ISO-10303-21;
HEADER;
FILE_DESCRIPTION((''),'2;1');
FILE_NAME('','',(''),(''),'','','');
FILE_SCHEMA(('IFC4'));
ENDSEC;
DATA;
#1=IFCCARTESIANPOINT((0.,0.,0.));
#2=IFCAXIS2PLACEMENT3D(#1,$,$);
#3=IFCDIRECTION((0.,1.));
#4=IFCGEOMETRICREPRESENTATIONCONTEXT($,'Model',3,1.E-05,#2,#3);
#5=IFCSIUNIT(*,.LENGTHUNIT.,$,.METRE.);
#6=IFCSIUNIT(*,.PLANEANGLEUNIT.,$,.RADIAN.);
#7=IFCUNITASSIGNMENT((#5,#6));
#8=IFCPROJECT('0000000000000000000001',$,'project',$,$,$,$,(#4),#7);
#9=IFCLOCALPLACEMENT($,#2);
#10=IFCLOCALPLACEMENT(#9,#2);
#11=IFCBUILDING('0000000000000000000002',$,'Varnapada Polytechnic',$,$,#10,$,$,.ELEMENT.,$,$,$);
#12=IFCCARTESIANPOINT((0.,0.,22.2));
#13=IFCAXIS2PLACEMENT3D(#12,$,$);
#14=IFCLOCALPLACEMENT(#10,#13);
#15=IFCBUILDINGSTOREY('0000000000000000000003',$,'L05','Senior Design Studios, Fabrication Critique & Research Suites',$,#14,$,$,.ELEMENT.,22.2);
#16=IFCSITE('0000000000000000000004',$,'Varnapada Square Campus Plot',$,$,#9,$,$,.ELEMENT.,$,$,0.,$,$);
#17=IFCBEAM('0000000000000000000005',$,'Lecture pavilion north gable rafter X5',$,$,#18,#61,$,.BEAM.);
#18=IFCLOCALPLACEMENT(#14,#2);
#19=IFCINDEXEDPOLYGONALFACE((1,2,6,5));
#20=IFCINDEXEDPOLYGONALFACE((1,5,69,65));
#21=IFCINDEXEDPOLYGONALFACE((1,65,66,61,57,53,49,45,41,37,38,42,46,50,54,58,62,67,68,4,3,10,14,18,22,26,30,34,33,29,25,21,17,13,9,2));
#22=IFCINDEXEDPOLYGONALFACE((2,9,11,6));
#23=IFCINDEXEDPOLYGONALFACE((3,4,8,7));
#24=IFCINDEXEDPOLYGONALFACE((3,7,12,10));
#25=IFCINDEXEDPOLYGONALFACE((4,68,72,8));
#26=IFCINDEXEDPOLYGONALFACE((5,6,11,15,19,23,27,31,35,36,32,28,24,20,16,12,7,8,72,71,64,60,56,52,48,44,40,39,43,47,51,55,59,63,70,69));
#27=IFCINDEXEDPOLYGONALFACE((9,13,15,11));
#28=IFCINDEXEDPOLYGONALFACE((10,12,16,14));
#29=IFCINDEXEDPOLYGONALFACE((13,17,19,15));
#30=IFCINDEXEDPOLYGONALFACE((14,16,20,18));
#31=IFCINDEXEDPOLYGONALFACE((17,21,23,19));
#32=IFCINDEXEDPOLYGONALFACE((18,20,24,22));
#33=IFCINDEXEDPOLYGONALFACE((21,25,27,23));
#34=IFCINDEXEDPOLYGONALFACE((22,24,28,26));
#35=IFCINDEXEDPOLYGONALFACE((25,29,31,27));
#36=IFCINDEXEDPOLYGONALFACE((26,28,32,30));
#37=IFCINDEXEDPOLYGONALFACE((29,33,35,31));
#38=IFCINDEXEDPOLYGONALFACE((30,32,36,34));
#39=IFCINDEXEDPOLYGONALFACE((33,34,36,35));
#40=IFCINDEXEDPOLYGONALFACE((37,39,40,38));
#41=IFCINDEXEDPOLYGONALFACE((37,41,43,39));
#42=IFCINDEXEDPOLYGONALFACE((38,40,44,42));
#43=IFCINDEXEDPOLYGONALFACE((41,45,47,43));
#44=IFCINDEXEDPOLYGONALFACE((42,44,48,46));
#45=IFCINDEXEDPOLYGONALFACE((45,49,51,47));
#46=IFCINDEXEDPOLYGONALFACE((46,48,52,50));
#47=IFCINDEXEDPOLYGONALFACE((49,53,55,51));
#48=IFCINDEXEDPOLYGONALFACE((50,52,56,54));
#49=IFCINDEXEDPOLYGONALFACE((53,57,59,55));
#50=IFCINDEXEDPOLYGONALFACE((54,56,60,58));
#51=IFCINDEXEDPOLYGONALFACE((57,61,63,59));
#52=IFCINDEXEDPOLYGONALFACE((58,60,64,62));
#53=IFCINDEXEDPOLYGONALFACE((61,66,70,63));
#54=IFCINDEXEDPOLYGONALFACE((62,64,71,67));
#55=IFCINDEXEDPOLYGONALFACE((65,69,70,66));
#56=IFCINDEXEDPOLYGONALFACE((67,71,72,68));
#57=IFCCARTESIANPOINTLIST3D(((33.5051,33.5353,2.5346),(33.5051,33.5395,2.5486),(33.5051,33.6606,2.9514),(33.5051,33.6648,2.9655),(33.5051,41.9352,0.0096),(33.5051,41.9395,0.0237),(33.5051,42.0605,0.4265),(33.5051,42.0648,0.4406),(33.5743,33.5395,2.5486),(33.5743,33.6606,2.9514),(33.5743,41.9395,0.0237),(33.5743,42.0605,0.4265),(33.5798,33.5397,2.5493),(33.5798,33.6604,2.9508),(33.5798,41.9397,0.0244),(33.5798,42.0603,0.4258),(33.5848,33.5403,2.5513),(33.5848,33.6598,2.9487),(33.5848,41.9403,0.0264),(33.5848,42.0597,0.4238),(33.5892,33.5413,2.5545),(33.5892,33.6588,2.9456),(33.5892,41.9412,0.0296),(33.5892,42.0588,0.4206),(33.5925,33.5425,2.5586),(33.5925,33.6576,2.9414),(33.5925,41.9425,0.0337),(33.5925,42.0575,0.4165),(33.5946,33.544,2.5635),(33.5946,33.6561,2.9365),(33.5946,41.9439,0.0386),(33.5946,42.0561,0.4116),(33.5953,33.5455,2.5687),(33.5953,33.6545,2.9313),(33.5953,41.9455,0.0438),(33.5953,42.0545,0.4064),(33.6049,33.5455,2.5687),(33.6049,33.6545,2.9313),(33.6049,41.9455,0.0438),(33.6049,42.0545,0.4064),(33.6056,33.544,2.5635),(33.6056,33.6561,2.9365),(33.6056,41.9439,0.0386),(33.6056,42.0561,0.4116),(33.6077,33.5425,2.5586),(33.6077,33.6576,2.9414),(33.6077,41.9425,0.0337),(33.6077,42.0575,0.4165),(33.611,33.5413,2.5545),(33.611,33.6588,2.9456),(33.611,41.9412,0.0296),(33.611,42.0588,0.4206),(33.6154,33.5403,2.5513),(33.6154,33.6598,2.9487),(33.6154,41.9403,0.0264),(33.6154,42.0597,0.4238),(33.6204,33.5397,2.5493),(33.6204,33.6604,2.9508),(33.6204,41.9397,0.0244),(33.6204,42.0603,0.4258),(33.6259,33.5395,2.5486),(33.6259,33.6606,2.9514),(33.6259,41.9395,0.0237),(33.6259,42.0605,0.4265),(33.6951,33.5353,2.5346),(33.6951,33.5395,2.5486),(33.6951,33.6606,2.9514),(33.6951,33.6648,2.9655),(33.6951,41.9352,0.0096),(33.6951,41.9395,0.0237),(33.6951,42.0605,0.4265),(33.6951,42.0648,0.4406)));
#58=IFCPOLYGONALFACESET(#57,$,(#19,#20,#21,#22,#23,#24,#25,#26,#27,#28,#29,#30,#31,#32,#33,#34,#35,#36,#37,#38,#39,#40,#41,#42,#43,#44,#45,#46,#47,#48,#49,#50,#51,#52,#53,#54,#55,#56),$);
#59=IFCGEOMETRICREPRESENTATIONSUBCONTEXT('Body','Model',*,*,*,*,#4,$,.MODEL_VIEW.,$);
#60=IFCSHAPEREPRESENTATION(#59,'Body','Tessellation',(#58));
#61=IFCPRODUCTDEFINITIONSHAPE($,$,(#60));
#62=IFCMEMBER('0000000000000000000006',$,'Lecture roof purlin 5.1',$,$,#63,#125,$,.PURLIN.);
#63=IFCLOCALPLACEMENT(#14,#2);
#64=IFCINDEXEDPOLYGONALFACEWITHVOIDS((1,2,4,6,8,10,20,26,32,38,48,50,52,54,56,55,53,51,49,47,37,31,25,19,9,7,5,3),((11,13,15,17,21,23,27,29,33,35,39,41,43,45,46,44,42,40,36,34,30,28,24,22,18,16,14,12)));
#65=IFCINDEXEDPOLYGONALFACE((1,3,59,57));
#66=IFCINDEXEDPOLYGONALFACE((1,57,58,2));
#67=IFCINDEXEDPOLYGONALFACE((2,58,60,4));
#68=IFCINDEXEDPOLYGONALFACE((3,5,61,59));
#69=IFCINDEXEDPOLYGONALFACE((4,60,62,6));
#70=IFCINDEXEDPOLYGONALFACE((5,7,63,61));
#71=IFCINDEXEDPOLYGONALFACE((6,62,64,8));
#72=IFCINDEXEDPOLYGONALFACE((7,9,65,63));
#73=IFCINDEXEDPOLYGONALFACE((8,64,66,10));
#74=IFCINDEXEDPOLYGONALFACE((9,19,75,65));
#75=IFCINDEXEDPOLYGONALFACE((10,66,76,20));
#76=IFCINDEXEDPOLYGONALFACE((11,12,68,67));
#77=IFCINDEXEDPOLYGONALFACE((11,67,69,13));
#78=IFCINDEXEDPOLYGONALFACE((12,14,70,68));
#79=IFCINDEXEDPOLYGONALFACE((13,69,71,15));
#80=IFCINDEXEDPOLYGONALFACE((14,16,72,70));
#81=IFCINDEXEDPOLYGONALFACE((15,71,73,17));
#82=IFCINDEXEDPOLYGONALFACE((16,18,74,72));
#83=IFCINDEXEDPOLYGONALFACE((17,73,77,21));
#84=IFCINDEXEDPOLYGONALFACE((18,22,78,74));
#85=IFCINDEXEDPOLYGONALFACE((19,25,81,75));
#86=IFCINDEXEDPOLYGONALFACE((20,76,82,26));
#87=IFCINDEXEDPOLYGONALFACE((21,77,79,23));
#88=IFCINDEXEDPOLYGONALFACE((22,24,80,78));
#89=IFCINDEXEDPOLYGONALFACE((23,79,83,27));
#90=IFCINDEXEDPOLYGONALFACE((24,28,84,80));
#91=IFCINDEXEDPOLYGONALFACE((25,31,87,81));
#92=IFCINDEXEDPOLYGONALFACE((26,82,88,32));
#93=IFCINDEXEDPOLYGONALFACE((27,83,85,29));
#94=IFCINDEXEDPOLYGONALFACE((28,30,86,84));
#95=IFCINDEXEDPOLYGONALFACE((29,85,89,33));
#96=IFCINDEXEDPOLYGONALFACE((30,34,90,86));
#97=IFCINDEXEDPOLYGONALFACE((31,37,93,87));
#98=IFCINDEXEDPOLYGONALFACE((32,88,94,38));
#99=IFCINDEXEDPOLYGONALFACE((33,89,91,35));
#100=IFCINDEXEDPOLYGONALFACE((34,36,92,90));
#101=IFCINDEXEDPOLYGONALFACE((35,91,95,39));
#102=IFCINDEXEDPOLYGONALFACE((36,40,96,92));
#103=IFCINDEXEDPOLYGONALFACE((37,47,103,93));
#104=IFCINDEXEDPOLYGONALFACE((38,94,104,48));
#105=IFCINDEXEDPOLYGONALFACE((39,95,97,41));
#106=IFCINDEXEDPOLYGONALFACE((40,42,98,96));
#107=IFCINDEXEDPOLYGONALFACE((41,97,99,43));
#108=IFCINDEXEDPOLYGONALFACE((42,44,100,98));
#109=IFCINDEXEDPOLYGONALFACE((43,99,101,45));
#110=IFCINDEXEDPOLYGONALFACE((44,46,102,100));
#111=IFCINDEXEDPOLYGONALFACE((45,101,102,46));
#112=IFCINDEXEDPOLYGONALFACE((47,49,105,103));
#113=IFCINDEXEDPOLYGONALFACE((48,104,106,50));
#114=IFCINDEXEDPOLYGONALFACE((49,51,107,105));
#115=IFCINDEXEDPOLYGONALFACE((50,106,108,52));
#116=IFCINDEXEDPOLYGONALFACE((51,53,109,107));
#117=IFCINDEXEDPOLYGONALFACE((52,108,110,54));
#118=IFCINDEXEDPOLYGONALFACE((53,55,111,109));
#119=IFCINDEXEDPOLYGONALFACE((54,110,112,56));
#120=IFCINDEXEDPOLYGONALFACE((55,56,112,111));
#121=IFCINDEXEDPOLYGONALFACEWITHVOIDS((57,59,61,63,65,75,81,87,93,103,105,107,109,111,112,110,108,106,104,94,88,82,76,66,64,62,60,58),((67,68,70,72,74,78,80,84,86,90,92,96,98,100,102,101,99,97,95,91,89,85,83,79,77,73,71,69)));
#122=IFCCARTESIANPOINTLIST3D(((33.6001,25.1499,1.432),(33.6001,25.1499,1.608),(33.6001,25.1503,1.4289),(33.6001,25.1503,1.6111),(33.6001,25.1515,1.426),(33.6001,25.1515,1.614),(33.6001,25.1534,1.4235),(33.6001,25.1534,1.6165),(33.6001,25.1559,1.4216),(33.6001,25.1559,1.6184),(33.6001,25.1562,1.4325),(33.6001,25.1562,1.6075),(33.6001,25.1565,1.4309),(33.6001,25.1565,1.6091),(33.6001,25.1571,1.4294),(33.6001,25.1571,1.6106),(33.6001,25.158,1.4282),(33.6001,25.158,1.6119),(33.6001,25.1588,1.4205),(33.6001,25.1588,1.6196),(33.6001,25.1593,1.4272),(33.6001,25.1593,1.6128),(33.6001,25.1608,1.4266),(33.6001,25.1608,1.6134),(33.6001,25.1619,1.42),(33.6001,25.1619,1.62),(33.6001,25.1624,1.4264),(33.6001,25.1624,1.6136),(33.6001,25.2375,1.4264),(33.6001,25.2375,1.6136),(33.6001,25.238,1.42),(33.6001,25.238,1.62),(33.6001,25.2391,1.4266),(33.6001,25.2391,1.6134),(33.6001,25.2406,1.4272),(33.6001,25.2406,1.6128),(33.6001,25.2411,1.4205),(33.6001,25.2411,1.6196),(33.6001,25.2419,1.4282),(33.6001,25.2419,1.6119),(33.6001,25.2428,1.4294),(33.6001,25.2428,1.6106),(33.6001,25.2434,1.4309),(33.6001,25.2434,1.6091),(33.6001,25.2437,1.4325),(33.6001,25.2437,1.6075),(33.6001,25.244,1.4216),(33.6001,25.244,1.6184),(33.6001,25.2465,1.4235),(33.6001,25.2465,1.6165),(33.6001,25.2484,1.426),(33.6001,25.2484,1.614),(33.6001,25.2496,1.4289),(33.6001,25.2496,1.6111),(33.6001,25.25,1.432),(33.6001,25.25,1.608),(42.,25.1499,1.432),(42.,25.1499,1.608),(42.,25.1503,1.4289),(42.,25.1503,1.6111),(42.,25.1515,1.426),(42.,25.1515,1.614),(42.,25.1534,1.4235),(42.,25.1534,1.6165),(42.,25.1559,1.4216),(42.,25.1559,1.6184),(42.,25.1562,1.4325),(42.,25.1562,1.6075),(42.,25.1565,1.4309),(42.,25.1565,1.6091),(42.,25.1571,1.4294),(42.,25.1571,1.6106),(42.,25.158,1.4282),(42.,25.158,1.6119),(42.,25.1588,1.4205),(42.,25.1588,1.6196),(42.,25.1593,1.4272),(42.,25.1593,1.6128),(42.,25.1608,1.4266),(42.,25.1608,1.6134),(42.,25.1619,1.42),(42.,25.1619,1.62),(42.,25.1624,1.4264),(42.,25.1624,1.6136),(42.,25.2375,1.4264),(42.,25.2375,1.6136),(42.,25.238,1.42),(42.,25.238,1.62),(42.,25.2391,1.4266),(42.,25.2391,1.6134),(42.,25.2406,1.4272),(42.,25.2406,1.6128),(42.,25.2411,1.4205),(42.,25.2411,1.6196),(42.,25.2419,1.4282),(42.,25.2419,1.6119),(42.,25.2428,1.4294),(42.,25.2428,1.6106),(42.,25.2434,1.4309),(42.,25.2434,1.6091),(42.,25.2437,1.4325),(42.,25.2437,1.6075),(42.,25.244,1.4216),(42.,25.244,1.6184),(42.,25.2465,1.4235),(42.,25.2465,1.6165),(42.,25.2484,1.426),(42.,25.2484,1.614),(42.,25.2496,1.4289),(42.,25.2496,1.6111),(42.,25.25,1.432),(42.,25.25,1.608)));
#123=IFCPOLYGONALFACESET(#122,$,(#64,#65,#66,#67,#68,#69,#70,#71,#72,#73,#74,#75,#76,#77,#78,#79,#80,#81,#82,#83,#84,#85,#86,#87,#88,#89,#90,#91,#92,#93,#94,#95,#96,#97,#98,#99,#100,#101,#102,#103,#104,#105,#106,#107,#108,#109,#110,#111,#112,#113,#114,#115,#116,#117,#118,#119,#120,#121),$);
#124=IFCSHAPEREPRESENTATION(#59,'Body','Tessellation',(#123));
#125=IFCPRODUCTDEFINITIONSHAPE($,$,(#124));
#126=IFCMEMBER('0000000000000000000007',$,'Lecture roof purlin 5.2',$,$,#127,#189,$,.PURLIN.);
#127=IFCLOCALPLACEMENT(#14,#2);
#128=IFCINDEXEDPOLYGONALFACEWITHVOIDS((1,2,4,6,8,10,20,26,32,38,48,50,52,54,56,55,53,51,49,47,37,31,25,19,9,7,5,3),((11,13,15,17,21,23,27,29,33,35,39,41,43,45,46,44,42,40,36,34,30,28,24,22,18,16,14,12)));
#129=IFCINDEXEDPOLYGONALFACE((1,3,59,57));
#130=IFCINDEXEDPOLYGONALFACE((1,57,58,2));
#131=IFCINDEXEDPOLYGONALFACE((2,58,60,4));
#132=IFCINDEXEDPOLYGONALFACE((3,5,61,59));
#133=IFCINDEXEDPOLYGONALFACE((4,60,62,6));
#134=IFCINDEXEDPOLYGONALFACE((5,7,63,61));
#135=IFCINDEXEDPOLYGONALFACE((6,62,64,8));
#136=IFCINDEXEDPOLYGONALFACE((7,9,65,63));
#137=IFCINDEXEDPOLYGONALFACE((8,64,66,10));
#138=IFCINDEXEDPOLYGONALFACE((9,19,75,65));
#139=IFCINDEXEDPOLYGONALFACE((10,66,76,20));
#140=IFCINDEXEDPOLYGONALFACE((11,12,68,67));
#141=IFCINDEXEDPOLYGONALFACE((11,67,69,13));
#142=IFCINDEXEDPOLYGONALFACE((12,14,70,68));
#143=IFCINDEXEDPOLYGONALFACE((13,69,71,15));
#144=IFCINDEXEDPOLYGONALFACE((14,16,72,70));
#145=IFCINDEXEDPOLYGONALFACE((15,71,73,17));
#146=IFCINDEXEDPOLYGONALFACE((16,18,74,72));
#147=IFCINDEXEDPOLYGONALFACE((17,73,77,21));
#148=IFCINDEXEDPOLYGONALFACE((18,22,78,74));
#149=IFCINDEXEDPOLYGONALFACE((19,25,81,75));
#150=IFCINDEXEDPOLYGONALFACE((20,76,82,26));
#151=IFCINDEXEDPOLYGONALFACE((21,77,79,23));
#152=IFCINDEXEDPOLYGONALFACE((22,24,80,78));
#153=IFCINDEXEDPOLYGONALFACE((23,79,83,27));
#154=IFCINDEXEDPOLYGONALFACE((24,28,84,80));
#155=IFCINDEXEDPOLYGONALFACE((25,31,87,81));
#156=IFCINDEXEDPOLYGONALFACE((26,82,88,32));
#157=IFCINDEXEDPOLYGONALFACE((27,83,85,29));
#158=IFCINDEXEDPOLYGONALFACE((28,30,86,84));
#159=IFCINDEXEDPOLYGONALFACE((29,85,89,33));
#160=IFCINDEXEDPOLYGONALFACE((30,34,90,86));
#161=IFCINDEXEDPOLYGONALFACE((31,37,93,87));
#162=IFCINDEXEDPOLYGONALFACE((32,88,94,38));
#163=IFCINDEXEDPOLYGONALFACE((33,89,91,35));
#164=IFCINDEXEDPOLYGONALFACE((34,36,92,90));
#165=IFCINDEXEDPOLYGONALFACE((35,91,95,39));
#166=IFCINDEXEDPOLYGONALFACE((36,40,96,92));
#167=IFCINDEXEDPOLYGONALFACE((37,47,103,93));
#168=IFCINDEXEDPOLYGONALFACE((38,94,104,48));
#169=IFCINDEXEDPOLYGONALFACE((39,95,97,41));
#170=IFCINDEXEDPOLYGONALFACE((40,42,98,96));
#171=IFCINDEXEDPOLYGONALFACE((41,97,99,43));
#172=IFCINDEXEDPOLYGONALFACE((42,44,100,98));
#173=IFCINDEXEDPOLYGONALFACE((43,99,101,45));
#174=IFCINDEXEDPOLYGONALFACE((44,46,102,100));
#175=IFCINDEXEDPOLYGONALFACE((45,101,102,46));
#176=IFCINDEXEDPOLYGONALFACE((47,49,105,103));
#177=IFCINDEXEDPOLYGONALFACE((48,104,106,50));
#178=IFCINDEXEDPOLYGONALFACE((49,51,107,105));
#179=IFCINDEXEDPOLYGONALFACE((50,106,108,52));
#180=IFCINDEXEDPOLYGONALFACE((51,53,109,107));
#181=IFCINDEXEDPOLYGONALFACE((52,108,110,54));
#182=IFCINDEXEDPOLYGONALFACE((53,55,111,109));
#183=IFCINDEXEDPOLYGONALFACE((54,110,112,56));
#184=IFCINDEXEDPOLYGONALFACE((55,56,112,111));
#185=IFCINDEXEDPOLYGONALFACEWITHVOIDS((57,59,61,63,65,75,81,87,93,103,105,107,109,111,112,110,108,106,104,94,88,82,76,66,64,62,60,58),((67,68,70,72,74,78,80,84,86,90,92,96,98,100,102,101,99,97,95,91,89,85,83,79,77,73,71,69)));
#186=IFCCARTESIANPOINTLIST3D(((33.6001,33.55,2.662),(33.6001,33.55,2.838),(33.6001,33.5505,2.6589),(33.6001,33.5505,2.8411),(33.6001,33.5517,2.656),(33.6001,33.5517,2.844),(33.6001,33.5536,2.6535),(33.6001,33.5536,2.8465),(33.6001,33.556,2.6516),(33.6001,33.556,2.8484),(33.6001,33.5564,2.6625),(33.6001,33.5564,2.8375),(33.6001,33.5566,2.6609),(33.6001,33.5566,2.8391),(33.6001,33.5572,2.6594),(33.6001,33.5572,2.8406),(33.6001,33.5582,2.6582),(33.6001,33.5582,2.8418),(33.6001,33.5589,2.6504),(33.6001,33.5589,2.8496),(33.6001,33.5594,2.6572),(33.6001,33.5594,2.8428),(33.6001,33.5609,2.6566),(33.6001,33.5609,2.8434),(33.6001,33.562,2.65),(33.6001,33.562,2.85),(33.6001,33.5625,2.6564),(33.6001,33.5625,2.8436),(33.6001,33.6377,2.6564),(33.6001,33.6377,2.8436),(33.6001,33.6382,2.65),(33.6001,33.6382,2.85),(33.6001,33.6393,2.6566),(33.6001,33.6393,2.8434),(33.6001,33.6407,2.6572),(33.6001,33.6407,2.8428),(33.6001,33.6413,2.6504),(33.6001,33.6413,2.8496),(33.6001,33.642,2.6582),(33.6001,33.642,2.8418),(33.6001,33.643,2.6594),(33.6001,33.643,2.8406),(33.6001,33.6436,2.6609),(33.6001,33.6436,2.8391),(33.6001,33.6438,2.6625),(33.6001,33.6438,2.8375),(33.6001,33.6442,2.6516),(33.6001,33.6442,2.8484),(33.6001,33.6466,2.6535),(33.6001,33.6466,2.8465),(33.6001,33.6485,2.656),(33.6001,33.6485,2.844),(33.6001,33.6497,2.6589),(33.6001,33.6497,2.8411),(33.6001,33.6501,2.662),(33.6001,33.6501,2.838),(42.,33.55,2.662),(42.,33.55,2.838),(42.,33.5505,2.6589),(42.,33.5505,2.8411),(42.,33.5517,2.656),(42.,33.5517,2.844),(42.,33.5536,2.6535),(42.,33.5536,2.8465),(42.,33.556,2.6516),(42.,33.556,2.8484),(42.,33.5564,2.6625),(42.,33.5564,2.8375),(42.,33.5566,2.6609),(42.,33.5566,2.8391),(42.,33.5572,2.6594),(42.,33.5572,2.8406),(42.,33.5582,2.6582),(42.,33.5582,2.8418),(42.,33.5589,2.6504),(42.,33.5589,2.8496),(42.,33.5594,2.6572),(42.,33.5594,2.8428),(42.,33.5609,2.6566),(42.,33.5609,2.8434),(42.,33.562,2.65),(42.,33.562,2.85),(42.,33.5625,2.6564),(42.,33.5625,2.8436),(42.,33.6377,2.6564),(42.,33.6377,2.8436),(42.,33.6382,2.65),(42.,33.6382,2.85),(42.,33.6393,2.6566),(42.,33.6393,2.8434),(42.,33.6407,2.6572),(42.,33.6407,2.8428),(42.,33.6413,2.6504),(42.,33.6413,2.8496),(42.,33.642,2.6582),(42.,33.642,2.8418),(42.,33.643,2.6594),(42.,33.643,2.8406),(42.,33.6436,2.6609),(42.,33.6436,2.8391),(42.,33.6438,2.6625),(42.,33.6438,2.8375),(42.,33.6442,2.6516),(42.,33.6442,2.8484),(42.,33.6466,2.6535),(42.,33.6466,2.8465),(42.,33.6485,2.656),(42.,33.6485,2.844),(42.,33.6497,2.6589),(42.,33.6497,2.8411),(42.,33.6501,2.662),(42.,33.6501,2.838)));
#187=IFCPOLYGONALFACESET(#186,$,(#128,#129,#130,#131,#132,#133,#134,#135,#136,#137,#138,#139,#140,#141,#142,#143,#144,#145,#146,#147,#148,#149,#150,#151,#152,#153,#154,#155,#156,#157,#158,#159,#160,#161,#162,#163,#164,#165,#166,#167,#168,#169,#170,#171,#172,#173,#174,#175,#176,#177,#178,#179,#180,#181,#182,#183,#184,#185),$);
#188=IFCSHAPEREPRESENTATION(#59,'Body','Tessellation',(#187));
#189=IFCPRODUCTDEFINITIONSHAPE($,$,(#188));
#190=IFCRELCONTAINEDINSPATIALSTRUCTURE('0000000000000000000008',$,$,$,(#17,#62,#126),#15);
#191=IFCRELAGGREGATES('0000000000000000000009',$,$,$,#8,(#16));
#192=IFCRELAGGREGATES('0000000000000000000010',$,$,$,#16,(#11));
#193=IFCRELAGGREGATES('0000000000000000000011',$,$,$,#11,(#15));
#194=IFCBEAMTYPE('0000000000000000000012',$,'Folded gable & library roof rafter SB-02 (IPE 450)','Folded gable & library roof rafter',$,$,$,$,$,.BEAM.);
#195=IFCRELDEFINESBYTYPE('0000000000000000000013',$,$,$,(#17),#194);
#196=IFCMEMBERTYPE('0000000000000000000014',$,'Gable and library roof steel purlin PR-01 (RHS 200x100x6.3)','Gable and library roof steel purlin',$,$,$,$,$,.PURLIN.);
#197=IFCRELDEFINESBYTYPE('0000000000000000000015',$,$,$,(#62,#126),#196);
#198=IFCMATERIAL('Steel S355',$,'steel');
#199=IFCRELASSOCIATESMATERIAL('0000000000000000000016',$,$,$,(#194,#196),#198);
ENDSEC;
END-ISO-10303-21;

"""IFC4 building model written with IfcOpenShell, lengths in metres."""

from ifc_helpers import new_model, si_unit, direction, frame, origin, origin_2d, place, context, subcontext, project, spatial, hollow_rectangle, i_section, extrude, material, material_profile, profile_set, type_object, element, save


model = new_model("IFC4")

# Units and contexts
model_context = context("Model", 3, precision=1e-05, world=origin(), true_north=direction((0.0, 1.0)))
body_context = subcontext(model_context, "Body", "Model", "MODEL_VIEW")
ifc_project = project(units=[si_unit("LENGTHUNIT", "METRE"), si_unit("PLANEANGLEUNIT", "RADIAN")], contexts=[model_context])

# Site, building, storey
site_placement = place(None, origin())
site = spatial("IfcSite", under=ifc_project, at=site_placement, Name="Varnapada Square Campus Plot", CompositionType="ELEMENT", RefElevation=0.0)
building_placement = place(site_placement, origin())
building = spatial("IfcBuilding", under=site, at=building_placement, Name="Varnapada Polytechnic", CompositionType="ELEMENT")
storey_placement = place(building_placement, frame((0.0, 0.0, 22.2)))
storey = spatial("IfcBuildingStorey", under=building, at=storey_placement, Name="L05", Description="Senior Design Studios, Fabrication Critique & Research Suites", CompositionType="ELEMENT", Elevation=22.2)

# Beam
ifc_material_1 = material(Name="Steel S355", Category="steel")
ifc_material_profile_1 = material_profile(ifc_material_1, i_section(OverallWidth=0.1899, OverallDepth=0.45, WebThickness=0.0095, FlangeThickness=0.0146, FilletRadius=0.021, at=origin_2d()), Name="IPE 450")
ifc_profile_set_1 = profile_set([ifc_material_profile_1], Name="Steel S355")
beam_type_1 = type_object("IfcBeamType", Name="Folded gable & library roof rafter SB-02 (IPE 450)", Description="Folded gable & library roof rafter", PredefinedType="BEAM", material=ifc_profile_set_1)
beam_1_placement = place(storey_placement, frame((33.6001, 42.0, 0.2251), z_axis=(0.0, -0.957671, 0.287864), x_axis=(1.0, 0.0, 0.0)))
element("IfcBeam", 1, at=beam_1_placement, inside=storey, type_object=beam_type_1, Name="Lecture pavilion north gable rafter X5", PredefinedType="BEAM", context=body_context, shape_type="SweptSolid", body=[
    extrude(i_section(OverallWidth=0.1899, OverallDepth=0.45, WebThickness=0.0095, FlangeThickness=0.0146, FilletRadius=0.021, at=origin_2d()), origin(), (0.0, 0.0, 1.0), 8.7712),
])

# Members
ifc_material_profile_2 = material_profile(ifc_material_1, hollow_rectangle(XDim=0.1001, YDim=0.2, WallThickness=0.0063, InnerFilletRadius=0.0061, OuterFilletRadius=0.012, at=origin_2d()), Name="RHS 200x100x6.3")
ifc_profile_set_2 = profile_set([ifc_material_profile_2], Name="Steel S355")
member_type_1 = type_object("IfcMemberType", Name="Gable and library roof steel purlin PR-01 (RHS 200x100x6.3)", Description="Gable and library roof steel purlin", PredefinedType="PURLIN", material=ifc_profile_set_2)
for number, where, z_axis, x_axis, name in (
    (2, (33.6001, 25.2, 1.52), (1.0, 0.0, 0.0), (0.0, 1.0, 0.0), "Lecture roof purlin 5.1"),
    (3, (33.6001, 33.6001, 2.75), (1.0, 0.0, 0.0), (0.0, 1.0, 0.0), "Lecture roof purlin 5.2"),
):
    element("IfcMember", number, at=place(storey_placement, frame(where, z_axis=z_axis, x_axis=x_axis)), inside=storey, type_object=member_type_1, Name=name, PredefinedType="PURLIN", context=body_context, shape_type="SweptSolid", body=[
        extrude(hollow_rectangle(XDim=0.1001, YDim=0.2, WallThickness=0.0063, InnerFilletRadius=0.0061, OuterFilletRadius=0.012, at=origin_2d()), origin(), (0.0, 0.0, 1.0), 8.3999),
    ])

save(model, "model.ifc")
